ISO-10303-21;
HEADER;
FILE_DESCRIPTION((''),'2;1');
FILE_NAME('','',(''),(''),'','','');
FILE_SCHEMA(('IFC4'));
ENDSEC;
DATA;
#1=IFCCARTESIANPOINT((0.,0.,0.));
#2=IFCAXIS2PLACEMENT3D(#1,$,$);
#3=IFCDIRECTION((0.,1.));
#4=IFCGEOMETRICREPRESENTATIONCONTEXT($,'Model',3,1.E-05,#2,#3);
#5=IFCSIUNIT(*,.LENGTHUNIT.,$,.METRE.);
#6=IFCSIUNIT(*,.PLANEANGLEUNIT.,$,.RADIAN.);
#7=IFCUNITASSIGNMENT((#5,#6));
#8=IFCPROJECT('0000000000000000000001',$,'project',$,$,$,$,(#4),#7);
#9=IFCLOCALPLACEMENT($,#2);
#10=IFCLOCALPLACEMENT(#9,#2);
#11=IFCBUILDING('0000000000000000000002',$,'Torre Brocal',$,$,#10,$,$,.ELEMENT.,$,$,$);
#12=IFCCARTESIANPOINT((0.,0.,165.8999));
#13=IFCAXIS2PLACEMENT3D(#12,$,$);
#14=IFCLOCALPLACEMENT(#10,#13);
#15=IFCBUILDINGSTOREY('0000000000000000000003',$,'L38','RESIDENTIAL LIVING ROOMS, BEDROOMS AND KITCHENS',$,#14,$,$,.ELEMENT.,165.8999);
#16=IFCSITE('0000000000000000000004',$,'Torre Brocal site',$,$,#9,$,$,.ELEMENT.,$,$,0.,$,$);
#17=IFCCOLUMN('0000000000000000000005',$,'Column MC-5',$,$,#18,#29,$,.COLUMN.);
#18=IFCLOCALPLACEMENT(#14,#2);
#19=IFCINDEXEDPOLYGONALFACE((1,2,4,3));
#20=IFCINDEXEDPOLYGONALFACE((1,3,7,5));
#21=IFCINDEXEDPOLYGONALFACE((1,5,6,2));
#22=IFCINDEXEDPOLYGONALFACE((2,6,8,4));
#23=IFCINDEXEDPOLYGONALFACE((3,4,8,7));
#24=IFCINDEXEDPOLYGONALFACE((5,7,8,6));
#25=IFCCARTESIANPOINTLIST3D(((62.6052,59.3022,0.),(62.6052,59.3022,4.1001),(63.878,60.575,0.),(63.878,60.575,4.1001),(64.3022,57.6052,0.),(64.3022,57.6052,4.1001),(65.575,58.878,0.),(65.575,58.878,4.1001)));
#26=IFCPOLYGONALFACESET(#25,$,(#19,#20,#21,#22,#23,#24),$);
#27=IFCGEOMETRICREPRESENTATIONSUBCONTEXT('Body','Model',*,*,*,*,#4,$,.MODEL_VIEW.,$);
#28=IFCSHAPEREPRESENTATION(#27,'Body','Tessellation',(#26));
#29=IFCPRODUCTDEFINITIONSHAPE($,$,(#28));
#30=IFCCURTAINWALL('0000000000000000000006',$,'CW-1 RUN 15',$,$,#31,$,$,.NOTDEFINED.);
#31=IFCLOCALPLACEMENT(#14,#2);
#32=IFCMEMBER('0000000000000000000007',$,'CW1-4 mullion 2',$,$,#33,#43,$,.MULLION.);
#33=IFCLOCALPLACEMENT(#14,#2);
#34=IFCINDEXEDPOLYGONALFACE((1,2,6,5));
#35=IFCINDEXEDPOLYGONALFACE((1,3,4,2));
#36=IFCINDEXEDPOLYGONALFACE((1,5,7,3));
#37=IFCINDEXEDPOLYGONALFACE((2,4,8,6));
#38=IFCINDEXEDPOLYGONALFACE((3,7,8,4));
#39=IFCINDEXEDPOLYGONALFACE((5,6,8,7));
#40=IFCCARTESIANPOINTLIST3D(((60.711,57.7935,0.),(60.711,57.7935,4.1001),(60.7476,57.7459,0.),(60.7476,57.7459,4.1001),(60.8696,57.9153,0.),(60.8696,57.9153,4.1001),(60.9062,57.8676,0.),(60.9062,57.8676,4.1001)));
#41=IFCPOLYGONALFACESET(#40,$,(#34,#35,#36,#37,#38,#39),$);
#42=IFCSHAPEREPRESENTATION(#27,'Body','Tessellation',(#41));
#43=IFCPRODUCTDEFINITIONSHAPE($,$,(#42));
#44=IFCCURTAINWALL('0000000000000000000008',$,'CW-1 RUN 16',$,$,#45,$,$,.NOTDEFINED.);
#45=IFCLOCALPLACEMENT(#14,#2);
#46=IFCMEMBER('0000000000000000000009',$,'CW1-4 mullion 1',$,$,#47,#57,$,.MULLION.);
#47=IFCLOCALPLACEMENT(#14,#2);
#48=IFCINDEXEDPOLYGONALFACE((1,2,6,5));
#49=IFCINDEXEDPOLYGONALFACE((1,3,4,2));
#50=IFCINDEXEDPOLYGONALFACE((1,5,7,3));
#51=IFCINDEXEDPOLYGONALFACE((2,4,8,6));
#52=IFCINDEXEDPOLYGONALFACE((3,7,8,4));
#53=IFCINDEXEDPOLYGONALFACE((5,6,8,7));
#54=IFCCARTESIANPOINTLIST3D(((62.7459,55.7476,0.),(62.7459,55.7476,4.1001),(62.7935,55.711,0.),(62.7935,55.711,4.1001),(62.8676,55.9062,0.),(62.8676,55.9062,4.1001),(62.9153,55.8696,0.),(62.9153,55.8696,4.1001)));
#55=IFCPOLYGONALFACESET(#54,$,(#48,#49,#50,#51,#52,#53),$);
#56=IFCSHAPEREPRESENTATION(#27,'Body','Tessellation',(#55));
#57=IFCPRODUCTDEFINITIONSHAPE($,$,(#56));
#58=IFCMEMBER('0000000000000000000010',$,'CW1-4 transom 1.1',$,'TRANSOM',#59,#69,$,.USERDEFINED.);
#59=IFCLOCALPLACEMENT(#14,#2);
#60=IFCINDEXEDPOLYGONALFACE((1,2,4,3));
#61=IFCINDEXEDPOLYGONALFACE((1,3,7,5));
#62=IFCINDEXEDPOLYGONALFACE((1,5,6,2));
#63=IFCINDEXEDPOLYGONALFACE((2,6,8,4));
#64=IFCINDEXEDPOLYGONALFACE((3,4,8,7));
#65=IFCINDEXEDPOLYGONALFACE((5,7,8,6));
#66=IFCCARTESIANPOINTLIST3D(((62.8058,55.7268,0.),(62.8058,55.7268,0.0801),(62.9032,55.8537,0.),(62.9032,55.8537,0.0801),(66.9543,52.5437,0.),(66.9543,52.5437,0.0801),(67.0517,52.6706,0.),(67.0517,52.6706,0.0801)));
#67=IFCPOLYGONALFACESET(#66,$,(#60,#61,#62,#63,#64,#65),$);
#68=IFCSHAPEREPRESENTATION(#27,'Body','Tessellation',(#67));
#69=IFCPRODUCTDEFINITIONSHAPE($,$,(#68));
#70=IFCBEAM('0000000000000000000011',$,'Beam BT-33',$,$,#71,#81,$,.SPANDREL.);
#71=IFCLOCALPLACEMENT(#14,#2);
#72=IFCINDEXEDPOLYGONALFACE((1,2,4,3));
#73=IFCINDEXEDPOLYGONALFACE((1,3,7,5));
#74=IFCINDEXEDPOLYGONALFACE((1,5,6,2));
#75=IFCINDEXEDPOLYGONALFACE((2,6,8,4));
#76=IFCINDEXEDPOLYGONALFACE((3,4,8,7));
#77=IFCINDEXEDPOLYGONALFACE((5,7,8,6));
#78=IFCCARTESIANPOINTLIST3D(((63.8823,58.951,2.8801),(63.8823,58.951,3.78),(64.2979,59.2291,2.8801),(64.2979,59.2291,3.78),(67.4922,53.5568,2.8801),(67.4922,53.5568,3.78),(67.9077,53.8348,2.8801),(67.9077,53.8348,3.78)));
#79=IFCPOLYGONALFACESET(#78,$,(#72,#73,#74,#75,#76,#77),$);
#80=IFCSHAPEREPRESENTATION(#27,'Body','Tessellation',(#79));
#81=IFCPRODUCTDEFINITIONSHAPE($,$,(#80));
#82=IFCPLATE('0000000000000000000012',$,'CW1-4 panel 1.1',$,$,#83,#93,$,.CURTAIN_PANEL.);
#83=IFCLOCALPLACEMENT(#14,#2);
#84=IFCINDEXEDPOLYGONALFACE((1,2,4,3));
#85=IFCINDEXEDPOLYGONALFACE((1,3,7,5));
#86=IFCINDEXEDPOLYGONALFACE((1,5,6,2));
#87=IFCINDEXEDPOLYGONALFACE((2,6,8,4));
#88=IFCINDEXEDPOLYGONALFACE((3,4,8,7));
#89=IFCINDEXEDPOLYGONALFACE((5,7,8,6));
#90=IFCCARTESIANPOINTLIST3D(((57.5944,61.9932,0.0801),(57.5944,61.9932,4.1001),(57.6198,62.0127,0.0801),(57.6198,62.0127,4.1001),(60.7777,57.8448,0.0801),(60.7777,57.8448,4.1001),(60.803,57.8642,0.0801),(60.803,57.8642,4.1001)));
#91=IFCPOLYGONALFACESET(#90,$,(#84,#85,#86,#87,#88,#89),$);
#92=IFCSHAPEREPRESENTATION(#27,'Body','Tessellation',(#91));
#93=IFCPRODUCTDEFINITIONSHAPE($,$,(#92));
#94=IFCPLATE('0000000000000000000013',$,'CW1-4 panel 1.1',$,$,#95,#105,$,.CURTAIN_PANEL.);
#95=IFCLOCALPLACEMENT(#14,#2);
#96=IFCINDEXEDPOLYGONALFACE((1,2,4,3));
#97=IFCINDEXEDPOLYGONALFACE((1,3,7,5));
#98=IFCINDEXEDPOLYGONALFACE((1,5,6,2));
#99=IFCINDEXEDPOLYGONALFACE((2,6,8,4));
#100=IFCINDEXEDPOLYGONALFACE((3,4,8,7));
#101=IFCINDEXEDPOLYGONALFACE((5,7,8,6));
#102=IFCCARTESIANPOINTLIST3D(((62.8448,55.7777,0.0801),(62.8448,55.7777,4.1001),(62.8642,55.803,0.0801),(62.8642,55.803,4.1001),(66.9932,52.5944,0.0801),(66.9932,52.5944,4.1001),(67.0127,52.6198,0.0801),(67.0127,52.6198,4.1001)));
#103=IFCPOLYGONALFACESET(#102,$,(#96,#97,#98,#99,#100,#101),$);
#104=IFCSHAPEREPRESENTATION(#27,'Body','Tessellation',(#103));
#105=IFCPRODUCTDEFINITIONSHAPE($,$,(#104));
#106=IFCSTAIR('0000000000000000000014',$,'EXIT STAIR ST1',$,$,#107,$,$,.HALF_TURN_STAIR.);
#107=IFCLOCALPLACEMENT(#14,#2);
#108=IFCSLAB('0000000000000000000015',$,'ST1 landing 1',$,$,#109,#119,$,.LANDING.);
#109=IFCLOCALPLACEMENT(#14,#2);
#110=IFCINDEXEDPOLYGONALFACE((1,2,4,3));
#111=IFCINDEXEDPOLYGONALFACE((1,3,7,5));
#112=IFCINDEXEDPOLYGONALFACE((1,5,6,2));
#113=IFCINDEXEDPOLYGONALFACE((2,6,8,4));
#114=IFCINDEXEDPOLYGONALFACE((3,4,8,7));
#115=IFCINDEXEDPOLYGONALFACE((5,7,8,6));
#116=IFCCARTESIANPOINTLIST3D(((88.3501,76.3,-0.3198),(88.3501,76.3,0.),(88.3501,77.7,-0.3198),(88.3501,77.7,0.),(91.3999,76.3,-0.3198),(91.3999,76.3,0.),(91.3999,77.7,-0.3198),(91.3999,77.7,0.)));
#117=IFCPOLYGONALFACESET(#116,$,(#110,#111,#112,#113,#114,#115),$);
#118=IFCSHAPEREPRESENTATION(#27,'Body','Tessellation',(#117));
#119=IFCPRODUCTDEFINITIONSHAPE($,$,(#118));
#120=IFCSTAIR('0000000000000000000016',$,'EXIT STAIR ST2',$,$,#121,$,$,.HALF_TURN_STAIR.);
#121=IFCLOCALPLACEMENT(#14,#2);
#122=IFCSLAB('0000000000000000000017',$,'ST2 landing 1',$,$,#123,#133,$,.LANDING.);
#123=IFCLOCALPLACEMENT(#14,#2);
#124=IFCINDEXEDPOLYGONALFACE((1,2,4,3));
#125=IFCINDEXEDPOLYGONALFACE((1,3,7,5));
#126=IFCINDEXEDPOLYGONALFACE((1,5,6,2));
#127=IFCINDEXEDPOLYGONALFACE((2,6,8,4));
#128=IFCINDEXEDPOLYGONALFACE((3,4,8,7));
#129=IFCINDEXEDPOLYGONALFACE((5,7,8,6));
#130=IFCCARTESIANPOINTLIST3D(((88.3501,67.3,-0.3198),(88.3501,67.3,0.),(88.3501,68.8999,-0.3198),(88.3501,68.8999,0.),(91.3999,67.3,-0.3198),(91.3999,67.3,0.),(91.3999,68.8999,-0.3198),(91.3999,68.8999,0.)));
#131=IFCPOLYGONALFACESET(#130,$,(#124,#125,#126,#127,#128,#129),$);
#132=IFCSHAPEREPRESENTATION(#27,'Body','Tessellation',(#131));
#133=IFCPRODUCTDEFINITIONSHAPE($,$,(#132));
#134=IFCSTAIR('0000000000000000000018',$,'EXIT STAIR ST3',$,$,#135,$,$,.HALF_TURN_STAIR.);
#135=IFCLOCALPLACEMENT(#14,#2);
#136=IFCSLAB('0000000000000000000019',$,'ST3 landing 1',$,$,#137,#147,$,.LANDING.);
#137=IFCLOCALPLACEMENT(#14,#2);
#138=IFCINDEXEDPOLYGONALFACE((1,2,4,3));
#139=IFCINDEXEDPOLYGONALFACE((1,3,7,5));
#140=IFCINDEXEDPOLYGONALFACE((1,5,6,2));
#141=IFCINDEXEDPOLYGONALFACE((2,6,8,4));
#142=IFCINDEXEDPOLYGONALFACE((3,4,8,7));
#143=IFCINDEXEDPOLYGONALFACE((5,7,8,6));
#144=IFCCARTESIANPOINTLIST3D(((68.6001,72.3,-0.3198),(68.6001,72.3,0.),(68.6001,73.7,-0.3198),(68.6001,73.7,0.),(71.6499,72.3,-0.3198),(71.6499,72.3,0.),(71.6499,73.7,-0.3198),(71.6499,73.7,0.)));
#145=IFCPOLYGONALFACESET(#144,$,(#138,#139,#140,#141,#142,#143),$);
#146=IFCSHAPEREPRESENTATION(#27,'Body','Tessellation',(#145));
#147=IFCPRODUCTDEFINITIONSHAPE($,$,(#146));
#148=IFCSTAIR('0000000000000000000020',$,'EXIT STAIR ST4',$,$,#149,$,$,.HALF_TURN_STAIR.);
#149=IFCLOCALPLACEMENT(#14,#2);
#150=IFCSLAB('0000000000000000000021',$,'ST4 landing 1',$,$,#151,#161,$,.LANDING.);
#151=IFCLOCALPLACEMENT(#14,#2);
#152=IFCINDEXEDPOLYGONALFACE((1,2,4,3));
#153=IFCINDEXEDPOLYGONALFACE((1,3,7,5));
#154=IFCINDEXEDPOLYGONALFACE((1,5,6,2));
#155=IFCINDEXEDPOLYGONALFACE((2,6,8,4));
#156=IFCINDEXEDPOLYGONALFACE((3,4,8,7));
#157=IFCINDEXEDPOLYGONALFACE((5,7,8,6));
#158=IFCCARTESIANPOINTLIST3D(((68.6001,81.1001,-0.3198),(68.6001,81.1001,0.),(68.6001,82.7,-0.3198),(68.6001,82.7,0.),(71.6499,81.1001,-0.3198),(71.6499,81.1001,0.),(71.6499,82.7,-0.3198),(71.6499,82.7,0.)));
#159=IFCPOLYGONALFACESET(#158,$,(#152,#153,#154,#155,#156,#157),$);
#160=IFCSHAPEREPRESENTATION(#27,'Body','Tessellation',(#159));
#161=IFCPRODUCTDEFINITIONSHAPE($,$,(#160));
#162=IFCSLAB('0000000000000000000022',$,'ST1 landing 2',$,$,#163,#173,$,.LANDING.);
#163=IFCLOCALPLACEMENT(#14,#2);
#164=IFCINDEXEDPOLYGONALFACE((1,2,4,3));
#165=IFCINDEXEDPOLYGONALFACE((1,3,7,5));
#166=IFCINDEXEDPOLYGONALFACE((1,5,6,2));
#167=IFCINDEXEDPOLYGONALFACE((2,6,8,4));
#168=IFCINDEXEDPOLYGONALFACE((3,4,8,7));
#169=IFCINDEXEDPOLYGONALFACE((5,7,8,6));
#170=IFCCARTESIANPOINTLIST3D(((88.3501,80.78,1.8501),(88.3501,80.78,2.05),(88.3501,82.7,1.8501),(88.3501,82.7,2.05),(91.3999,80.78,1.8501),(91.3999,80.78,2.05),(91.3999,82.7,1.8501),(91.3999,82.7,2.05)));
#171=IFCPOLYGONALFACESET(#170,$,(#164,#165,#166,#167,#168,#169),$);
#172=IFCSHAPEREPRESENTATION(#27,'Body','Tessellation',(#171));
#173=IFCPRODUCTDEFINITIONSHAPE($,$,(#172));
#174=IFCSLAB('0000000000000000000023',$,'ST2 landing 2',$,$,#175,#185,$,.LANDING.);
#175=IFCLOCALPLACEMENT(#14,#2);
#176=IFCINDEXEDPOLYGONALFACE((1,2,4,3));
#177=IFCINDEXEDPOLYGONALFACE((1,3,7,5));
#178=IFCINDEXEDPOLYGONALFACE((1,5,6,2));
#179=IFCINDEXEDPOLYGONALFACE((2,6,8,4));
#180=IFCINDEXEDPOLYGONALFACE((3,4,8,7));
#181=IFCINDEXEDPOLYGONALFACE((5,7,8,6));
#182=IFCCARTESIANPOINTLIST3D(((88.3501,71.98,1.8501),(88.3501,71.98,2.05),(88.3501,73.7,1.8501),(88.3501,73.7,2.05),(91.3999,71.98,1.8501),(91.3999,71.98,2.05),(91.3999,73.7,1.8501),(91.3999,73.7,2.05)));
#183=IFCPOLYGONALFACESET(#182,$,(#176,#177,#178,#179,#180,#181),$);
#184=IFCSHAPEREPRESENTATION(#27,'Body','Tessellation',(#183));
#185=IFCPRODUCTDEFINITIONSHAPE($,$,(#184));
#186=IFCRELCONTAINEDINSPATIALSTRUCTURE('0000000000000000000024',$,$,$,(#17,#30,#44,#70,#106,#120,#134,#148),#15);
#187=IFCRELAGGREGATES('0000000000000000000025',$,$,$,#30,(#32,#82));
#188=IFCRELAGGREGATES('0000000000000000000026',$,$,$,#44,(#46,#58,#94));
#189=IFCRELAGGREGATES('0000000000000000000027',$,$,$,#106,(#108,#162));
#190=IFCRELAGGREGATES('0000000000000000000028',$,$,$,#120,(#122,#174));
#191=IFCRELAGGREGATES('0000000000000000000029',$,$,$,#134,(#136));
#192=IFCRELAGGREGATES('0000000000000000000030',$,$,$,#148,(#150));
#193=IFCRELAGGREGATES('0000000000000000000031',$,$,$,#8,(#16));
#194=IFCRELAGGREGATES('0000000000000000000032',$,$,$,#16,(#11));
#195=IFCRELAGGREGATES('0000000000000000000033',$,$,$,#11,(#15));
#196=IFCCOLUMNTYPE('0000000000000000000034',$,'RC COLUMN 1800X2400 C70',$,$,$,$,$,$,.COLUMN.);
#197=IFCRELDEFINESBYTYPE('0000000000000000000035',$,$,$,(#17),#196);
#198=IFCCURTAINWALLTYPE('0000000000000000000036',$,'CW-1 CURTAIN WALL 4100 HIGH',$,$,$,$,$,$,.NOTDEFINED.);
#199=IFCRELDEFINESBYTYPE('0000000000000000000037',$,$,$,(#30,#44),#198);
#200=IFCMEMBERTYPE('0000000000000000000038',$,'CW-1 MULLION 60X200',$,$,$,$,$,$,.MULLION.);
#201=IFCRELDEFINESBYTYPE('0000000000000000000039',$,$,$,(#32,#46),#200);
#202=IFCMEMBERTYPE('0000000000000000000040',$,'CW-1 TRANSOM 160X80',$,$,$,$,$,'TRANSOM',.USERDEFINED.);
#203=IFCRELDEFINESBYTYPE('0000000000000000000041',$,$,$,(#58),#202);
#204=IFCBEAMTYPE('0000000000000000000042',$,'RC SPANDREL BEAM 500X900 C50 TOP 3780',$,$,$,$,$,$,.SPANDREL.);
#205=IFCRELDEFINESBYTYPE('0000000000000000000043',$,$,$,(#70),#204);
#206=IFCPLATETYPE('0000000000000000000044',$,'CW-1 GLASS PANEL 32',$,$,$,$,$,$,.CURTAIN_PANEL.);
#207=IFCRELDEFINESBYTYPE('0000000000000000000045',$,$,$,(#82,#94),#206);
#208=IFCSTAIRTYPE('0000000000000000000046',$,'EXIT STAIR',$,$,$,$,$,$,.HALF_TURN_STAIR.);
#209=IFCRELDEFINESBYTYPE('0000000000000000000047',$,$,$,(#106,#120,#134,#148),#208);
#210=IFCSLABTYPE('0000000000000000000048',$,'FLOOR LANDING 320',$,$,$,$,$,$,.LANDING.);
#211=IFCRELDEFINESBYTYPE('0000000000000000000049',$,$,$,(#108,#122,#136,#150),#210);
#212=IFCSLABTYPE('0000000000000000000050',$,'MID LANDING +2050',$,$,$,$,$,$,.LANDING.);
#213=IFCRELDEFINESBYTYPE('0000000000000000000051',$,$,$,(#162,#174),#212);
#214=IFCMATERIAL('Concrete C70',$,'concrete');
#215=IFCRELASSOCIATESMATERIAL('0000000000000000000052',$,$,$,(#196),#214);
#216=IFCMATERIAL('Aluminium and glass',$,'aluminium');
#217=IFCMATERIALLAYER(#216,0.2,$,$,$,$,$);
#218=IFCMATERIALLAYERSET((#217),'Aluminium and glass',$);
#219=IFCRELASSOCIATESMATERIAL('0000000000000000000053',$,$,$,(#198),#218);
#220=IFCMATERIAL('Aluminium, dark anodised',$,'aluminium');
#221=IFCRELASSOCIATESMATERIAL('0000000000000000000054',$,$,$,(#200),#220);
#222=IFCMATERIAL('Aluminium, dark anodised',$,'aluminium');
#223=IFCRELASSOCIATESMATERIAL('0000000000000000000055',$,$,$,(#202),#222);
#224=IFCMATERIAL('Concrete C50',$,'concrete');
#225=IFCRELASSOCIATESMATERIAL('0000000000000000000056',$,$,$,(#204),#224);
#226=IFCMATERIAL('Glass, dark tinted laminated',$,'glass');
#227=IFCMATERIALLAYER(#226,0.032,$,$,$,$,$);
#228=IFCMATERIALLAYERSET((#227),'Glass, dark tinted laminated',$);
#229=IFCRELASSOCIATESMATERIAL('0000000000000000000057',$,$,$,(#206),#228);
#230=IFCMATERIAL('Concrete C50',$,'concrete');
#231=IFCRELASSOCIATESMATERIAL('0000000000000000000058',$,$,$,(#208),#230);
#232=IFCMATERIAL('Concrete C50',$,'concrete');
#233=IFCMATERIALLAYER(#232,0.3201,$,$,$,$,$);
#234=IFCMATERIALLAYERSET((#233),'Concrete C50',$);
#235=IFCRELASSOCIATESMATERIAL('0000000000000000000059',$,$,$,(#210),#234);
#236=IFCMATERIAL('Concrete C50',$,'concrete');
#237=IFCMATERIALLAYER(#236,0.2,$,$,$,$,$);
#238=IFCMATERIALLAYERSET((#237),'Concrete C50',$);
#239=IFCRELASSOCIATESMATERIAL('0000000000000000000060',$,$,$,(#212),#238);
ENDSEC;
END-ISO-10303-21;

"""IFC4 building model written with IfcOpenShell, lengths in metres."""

from ifc_helpers import new_model, si_unit, direction, frame, origin, origin_2d, place, context, subcontext, project, spatial, polyline, rectangle, outline, extrude, material, layer, layer_set, material_profile, profile_set, type_object, element, aggregate, save


model = new_model("IFC4")

# Units and contexts
model_context = context("Model", 3, precision=1e-05, world=origin(), true_north=direction((0.0, 1.0)))
body_context = subcontext(model_context, "Body", "Model", "MODEL_VIEW")
ifc_project = project(units=[si_unit("LENGTHUNIT", "METRE"), si_unit("PLANEANGLEUNIT", "RADIAN")], contexts=[model_context])

# Site, building, storey
site_placement = place(None, origin())
site = spatial("IfcSite", under=ifc_project, at=site_placement, Name="Torre Brocal site", CompositionType="ELEMENT", RefElevation=0.0)
building_placement = place(site_placement, origin())
building = spatial("IfcBuilding", under=site, at=building_placement, Name="Torre Brocal", CompositionType="ELEMENT")
storey_placement = place(building_placement, frame((0.0, 0.0, 165.8999)))
storey = spatial("IfcBuildingStorey", under=building, at=storey_placement, Name="L38", Description="RESIDENTIAL LIVING ROOMS, BEDROOMS AND KITCHENS", CompositionType="ELEMENT", Elevation=165.8999)

# Column
ifc_material_1 = material(Name="Concrete C70", Category="concrete")
ifc_material_profile_1 = material_profile(ifc_material_1, rectangle(XDim=1.8, YDim=2.3999, at=origin_2d()), Name="RC 1800X2400")
ifc_profile_set_1 = profile_set([ifc_material_profile_1], Name="Concrete C70")
column_type = type_object("IfcColumnType", Name="RC COLUMN 1800X2400 C70", PredefinedType="COLUMN", material=ifc_profile_set_1)
column_placement = place(storey_placement, frame((64.0901, 59.0901, 0.0), z_axis=(0.0, 0.0, 1.0), x_axis=(-0.707107, -0.707107, 0.0)))
element("IfcColumn", 1, at=column_placement, inside=storey, type_object=column_type, Name="Column MC-5", PredefinedType="COLUMN", context=body_context, shape_type="SweptSolid", body=[
    extrude(rectangle(XDim=1.8, YDim=2.3999, at=origin_2d()), origin(), (0.0, 0.0, 1.0), 4.1001),
])

# Curtain wall, member
ifc_material_2 = material(Name="Aluminium and glass", Category="aluminium")
ifc_layer_1 = layer(ifc_material_2, 0.2)
ifc_layer_set_1 = layer_set([ifc_layer_1], Name="Aluminium and glass")
curtain_wall_type = type_object("IfcCurtainWallType", Name="CW-1 CURTAIN WALL 4100 HIGH", PredefinedType="NOTDEFINED", material=ifc_layer_set_1)
curtain_wall_1_placement = place(storey_placement, origin())
curtain_wall_1 = element("IfcCurtainWall", 2, at=curtain_wall_1_placement, inside=storey, type_object=curtain_wall_type, Name="CW-1 RUN 15", PredefinedType="NOTDEFINED")
ifc_material_3 = material(Name="Aluminium, dark anodised", Category="aluminium")
ifc_material_profile_2 = material_profile(ifc_material_3, rectangle(XDim=0.2, YDim=0.0601, at=origin_2d()), Name="CW-1 MULLION 60X200")
ifc_profile_set_2 = profile_set([ifc_material_profile_2], Name="Aluminium, dark anodised")
member_type_1 = type_object("IfcMemberType", Name="CW-1 MULLION 60X200", PredefinedType="MULLION", material=ifc_profile_set_2)
member_1_placement = place(storey_placement, frame((60.8086, 57.8306, 0.0), z_axis=(0.0, 0.0, 1.0), x_axis=(0.793353, 0.608761, 0.0)))
member_1 = element("IfcMember", 3, at=member_1_placement, type_object=member_type_1, Name="CW1-4 mullion 2", PredefinedType="MULLION", context=body_context, shape_type="SweptSolid", body=[
    extrude(rectangle(XDim=0.2, YDim=0.0601, at=origin_2d()), origin(), (0.0, 0.0, 1.0), 4.1001),
])

# Curtain wall, members
curtain_wall_2_placement = place(storey_placement, origin())
curtain_wall_2 = element("IfcCurtainWall", 4, at=curtain_wall_2_placement, inside=storey, type_object=curtain_wall_type, Name="CW-1 RUN 16", PredefinedType="NOTDEFINED")
member_2_placement = place(storey_placement, frame((62.8306, 55.8086, 0.0), z_axis=(0.0, 0.0, 1.0), x_axis=(0.608761, 0.793353, 0.0)))
member_2 = element("IfcMember", 5, at=member_2_placement, type_object=member_type_1, Name="CW1-4 mullion 1", PredefinedType="MULLION", context=body_context, shape_type="SweptSolid", body=[
    extrude(rectangle(XDim=0.2, YDim=0.0601, at=origin_2d()), origin(), (0.0, 0.0, 1.0), 4.1001),
])
ifc_material_4 = material(Name="Aluminium, dark anodised", Category="aluminium")
ifc_material_profile_3 = material_profile(ifc_material_4, rectangle(XDim=0.1599, YDim=0.0801, at=origin_2d()), Name="CW-1 TRANSOM 160X80")
ifc_profile_set_3 = profile_set([ifc_material_profile_3], Name="Aluminium, dark anodised")
member_type_2 = type_object("IfcMemberType", Name="CW-1 TRANSOM 160X80", ElementType="TRANSOM", PredefinedType="USERDEFINED", material=ifc_profile_set_3)
member_3_placement = place(storey_placement, frame((62.8545, 55.7903, 0.04), z_axis=(0.793363, -0.608749, 0.0), x_axis=(0.608749, 0.793363, 0.0)))
member_3 = element("IfcMember", 6, at=member_3_placement, type_object=member_type_2, Name="CW1-4 transom 1.1", ObjectType="TRANSOM", PredefinedType="USERDEFINED", context=body_context, shape_type="SweptSolid", body=[
    extrude(rectangle(XDim=0.1599, YDim=0.0801, at=origin_2d()), origin(), (0.0, 0.0, 1.0), 5.229),
])

# Beam
ifc_material_5 = material(Name="Concrete C50", Category="concrete")
ifc_material_profile_4 = material_profile(ifc_material_5, rectangle(XDim=0.5, YDim=0.8999, at=origin_2d()), Name="RC 500X900")
ifc_profile_set_4 = profile_set([ifc_material_profile_4], Name="Concrete C50")
beam_type = type_object("IfcBeamType", Name="RC SPANDREL BEAM 500X900 C50 TOP 3780", PredefinedType="SPANDREL", material=ifc_profile_set_4)
beam_placement = place(storey_placement, frame((64.0901, 59.0901, 3.3301), z_axis=(0.556158, -0.831077, 0.0), x_axis=(0.831077, 0.556158, 0.0)))
element("IfcBeam", 7, at=beam_placement, inside=storey, type_object=beam_type, Name="Beam BT-33", PredefinedType="SPANDREL", context=body_context, shape_type="SweptSolid", body=[
    extrude(rectangle(XDim=0.5, YDim=0.8999, at=origin_2d()), origin(), (0.0, 0.0, 1.0), 6.4907),
])

# Plates
ifc_material_6 = material(Name="Glass, dark tinted laminated", Category="glass")
ifc_layer_2 = layer(ifc_material_6, 0.032)
ifc_layer_set_2 = layer_set([ifc_layer_2], Name="Glass, dark tinted laminated")
plate_type = type_object("IfcPlateType", Name="CW-1 GLASS PANEL 32", PredefinedType="CURTAIN_PANEL", material=ifc_layer_set_2)
plate_1_placement = place(storey_placement, frame((59.1987, 59.9287, 0.0801), z_axis=(0.0, 0.0, 1.0), x_axis=(0.608761, -0.793353, 0.0)))
plate_1 = element("IfcPlate", 8, at=plate_1_placement, type_object=plate_type, Name="CW1-4 panel 1.1", PredefinedType="CURTAIN_PANEL", context=body_context, shape_type="SweptSolid", body=[
    extrude(rectangle(XDim=5.229, YDim=0.032, at=origin_2d()), origin(), (0.0, 0.0, 1.0), 4.02),
])
aggregate(curtain_wall_1, [member_1, plate_1])
plate_2_placement = place(storey_placement, frame((64.9287, 54.1987, 0.0801), z_axis=(0.0, 0.0, 1.0), x_axis=(0.793353, -0.608761, 0.0)))
plate_2 = element("IfcPlate", 9, at=plate_2_placement, type_object=plate_type, Name="CW1-4 panel 1.1", PredefinedType="CURTAIN_PANEL", context=body_context, shape_type="SweptSolid", body=[
    extrude(rectangle(XDim=5.229, YDim=0.032, at=origin_2d()), origin(), (0.0, 0.0, 1.0), 4.02),
])
aggregate(curtain_wall_2, [member_2, member_3, plate_2])

# Stairs, slabs
ifc_material_7 = material(Name="Concrete C50", Category="concrete")
stair_type = type_object("IfcStairType", Name="EXIT STAIR", PredefinedType="HALF_TURN_STAIR", material=ifc_material_7)
stair_1_placement = place(storey_placement, origin())
stair_1 = element("IfcStair", 10, at=stair_1_placement, inside=storey, type_object=stair_type, Name="EXIT STAIR ST1", PredefinedType="HALF_TURN_STAIR")
ifc_material_8 = material(Name="Concrete C50", Category="concrete")
ifc_layer_3 = layer(ifc_material_8, 0.3201)
ifc_layer_set_3 = layer_set([ifc_layer_3], Name="Concrete C50")
slab_type_1 = type_object("IfcSlabType", Name="FLOOR LANDING 320", PredefinedType="LANDING", material=ifc_layer_set_3)
slab_1_placement = place(storey_placement, frame((0.0, 0.0, -0.3198)))
slab_1 = element("IfcSlab", 11, at=slab_1_placement, type_object=slab_type_1, Name="ST1 landing 1", PredefinedType="LANDING", context=body_context, shape_type="SweptSolid", body=[
    extrude(outline(polyline([(88.3501, 76.3), (91.3999, 76.3), (91.3999, 77.7), (88.3501, 77.7), (88.3501, 76.3)])), origin(), (0.0, 0.0, 1.0), 0.3198),
])
stair_2_placement = place(storey_placement, origin())
stair_2 = element("IfcStair", 12, at=stair_2_placement, inside=storey, type_object=stair_type, Name="EXIT STAIR ST2", PredefinedType="HALF_TURN_STAIR")
slab_2_placement = place(storey_placement, frame((0.0, 0.0, -0.3198)))
slab_2 = element("IfcSlab", 13, at=slab_2_placement, type_object=slab_type_1, Name="ST2 landing 1", PredefinedType="LANDING", context=body_context, shape_type="SweptSolid", body=[
    extrude(outline(polyline([(88.3501, 67.3), (91.3999, 67.3), (91.3999, 68.8999), (88.3501, 68.8999), (88.3501, 67.3)])), origin(), (0.0, 0.0, 1.0), 0.3198),
])
stair_3_placement = place(storey_placement, origin())
stair_3 = element("IfcStair", 14, at=stair_3_placement, inside=storey, type_object=stair_type, Name="EXIT STAIR ST3", PredefinedType="HALF_TURN_STAIR")
slab_3_placement = place(storey_placement, frame((0.0, 0.0, -0.3198)))
slab_3 = element("IfcSlab", 15, at=slab_3_placement, type_object=slab_type_1, Name="ST3 landing 1", PredefinedType="LANDING", context=body_context, shape_type="SweptSolid", body=[
    extrude(outline(polyline([(71.6499, 73.7), (68.6001, 73.7), (68.6001, 72.3), (71.6499, 72.3), (71.6499, 73.7)])), origin(), (0.0, 0.0, 1.0), 0.3198),
])
stair_4_placement = place(storey_placement, origin())
stair_4 = element("IfcStair", 16, at=stair_4_placement, inside=storey, type_object=stair_type, Name="EXIT STAIR ST4", PredefinedType="HALF_TURN_STAIR")
slab_4_placement = place(storey_placement, frame((0.0, 0.0, -0.3198)))
slab_4 = element("IfcSlab", 17, at=slab_4_placement, type_object=slab_type_1, Name="ST4 landing 1", PredefinedType="LANDING", context=body_context, shape_type="SweptSolid", body=[
    extrude(outline(polyline([(71.6499, 82.7), (68.6001, 82.7), (68.6001, 81.1001), (71.6499, 81.1001), (71.6499, 82.7)])), origin(), (0.0, 0.0, 1.0), 0.3198),
])

# Slabs
ifc_material_9 = material(Name="Concrete C50", Category="concrete")
ifc_layer_4 = layer(ifc_material_9, 0.2)
ifc_layer_set_4 = layer_set([ifc_layer_4], Name="Concrete C50")
slab_type_2 = type_object("IfcSlabType", Name="MID LANDING +2050", PredefinedType="LANDING", material=ifc_layer_set_4)
slab_5_placement = place(storey_placement, frame((0.0, 0.0, 1.8501)))
slab_5 = element("IfcSlab", 18, at=slab_5_placement, type_object=slab_type_2, Name="ST1 landing 2", PredefinedType="LANDING", context=body_context, shape_type="SweptSolid", body=[
    extrude(outline(polyline([(88.3501, 80.78), (91.3999, 80.78), (91.3999, 82.7), (88.3501, 82.7), (88.3501, 80.78)])), origin(), (0.0, 0.0, 1.0), 0.2),
])
aggregate(stair_1, [slab_1, slab_5])
slab_6_placement = place(storey_placement, frame((0.0, 0.0, 1.8501)))
slab_6 = element("IfcSlab", 19, at=slab_6_placement, type_object=slab_type_2, Name="ST2 landing 2", PredefinedType="LANDING", context=body_context, shape_type="SweptSolid", body=[
    extrude(outline(polyline([(88.3501, 71.98), (91.3999, 71.98), (91.3999, 73.7), (88.3501, 73.7), (88.3501, 71.98)])), origin(), (0.0, 0.0, 1.0), 0.2),
])
aggregate(stair_2, [slab_2, slab_6])
aggregate(stair_3, [slab_3])
aggregate(stair_4, [slab_4])

save(model, "model.ifc")
